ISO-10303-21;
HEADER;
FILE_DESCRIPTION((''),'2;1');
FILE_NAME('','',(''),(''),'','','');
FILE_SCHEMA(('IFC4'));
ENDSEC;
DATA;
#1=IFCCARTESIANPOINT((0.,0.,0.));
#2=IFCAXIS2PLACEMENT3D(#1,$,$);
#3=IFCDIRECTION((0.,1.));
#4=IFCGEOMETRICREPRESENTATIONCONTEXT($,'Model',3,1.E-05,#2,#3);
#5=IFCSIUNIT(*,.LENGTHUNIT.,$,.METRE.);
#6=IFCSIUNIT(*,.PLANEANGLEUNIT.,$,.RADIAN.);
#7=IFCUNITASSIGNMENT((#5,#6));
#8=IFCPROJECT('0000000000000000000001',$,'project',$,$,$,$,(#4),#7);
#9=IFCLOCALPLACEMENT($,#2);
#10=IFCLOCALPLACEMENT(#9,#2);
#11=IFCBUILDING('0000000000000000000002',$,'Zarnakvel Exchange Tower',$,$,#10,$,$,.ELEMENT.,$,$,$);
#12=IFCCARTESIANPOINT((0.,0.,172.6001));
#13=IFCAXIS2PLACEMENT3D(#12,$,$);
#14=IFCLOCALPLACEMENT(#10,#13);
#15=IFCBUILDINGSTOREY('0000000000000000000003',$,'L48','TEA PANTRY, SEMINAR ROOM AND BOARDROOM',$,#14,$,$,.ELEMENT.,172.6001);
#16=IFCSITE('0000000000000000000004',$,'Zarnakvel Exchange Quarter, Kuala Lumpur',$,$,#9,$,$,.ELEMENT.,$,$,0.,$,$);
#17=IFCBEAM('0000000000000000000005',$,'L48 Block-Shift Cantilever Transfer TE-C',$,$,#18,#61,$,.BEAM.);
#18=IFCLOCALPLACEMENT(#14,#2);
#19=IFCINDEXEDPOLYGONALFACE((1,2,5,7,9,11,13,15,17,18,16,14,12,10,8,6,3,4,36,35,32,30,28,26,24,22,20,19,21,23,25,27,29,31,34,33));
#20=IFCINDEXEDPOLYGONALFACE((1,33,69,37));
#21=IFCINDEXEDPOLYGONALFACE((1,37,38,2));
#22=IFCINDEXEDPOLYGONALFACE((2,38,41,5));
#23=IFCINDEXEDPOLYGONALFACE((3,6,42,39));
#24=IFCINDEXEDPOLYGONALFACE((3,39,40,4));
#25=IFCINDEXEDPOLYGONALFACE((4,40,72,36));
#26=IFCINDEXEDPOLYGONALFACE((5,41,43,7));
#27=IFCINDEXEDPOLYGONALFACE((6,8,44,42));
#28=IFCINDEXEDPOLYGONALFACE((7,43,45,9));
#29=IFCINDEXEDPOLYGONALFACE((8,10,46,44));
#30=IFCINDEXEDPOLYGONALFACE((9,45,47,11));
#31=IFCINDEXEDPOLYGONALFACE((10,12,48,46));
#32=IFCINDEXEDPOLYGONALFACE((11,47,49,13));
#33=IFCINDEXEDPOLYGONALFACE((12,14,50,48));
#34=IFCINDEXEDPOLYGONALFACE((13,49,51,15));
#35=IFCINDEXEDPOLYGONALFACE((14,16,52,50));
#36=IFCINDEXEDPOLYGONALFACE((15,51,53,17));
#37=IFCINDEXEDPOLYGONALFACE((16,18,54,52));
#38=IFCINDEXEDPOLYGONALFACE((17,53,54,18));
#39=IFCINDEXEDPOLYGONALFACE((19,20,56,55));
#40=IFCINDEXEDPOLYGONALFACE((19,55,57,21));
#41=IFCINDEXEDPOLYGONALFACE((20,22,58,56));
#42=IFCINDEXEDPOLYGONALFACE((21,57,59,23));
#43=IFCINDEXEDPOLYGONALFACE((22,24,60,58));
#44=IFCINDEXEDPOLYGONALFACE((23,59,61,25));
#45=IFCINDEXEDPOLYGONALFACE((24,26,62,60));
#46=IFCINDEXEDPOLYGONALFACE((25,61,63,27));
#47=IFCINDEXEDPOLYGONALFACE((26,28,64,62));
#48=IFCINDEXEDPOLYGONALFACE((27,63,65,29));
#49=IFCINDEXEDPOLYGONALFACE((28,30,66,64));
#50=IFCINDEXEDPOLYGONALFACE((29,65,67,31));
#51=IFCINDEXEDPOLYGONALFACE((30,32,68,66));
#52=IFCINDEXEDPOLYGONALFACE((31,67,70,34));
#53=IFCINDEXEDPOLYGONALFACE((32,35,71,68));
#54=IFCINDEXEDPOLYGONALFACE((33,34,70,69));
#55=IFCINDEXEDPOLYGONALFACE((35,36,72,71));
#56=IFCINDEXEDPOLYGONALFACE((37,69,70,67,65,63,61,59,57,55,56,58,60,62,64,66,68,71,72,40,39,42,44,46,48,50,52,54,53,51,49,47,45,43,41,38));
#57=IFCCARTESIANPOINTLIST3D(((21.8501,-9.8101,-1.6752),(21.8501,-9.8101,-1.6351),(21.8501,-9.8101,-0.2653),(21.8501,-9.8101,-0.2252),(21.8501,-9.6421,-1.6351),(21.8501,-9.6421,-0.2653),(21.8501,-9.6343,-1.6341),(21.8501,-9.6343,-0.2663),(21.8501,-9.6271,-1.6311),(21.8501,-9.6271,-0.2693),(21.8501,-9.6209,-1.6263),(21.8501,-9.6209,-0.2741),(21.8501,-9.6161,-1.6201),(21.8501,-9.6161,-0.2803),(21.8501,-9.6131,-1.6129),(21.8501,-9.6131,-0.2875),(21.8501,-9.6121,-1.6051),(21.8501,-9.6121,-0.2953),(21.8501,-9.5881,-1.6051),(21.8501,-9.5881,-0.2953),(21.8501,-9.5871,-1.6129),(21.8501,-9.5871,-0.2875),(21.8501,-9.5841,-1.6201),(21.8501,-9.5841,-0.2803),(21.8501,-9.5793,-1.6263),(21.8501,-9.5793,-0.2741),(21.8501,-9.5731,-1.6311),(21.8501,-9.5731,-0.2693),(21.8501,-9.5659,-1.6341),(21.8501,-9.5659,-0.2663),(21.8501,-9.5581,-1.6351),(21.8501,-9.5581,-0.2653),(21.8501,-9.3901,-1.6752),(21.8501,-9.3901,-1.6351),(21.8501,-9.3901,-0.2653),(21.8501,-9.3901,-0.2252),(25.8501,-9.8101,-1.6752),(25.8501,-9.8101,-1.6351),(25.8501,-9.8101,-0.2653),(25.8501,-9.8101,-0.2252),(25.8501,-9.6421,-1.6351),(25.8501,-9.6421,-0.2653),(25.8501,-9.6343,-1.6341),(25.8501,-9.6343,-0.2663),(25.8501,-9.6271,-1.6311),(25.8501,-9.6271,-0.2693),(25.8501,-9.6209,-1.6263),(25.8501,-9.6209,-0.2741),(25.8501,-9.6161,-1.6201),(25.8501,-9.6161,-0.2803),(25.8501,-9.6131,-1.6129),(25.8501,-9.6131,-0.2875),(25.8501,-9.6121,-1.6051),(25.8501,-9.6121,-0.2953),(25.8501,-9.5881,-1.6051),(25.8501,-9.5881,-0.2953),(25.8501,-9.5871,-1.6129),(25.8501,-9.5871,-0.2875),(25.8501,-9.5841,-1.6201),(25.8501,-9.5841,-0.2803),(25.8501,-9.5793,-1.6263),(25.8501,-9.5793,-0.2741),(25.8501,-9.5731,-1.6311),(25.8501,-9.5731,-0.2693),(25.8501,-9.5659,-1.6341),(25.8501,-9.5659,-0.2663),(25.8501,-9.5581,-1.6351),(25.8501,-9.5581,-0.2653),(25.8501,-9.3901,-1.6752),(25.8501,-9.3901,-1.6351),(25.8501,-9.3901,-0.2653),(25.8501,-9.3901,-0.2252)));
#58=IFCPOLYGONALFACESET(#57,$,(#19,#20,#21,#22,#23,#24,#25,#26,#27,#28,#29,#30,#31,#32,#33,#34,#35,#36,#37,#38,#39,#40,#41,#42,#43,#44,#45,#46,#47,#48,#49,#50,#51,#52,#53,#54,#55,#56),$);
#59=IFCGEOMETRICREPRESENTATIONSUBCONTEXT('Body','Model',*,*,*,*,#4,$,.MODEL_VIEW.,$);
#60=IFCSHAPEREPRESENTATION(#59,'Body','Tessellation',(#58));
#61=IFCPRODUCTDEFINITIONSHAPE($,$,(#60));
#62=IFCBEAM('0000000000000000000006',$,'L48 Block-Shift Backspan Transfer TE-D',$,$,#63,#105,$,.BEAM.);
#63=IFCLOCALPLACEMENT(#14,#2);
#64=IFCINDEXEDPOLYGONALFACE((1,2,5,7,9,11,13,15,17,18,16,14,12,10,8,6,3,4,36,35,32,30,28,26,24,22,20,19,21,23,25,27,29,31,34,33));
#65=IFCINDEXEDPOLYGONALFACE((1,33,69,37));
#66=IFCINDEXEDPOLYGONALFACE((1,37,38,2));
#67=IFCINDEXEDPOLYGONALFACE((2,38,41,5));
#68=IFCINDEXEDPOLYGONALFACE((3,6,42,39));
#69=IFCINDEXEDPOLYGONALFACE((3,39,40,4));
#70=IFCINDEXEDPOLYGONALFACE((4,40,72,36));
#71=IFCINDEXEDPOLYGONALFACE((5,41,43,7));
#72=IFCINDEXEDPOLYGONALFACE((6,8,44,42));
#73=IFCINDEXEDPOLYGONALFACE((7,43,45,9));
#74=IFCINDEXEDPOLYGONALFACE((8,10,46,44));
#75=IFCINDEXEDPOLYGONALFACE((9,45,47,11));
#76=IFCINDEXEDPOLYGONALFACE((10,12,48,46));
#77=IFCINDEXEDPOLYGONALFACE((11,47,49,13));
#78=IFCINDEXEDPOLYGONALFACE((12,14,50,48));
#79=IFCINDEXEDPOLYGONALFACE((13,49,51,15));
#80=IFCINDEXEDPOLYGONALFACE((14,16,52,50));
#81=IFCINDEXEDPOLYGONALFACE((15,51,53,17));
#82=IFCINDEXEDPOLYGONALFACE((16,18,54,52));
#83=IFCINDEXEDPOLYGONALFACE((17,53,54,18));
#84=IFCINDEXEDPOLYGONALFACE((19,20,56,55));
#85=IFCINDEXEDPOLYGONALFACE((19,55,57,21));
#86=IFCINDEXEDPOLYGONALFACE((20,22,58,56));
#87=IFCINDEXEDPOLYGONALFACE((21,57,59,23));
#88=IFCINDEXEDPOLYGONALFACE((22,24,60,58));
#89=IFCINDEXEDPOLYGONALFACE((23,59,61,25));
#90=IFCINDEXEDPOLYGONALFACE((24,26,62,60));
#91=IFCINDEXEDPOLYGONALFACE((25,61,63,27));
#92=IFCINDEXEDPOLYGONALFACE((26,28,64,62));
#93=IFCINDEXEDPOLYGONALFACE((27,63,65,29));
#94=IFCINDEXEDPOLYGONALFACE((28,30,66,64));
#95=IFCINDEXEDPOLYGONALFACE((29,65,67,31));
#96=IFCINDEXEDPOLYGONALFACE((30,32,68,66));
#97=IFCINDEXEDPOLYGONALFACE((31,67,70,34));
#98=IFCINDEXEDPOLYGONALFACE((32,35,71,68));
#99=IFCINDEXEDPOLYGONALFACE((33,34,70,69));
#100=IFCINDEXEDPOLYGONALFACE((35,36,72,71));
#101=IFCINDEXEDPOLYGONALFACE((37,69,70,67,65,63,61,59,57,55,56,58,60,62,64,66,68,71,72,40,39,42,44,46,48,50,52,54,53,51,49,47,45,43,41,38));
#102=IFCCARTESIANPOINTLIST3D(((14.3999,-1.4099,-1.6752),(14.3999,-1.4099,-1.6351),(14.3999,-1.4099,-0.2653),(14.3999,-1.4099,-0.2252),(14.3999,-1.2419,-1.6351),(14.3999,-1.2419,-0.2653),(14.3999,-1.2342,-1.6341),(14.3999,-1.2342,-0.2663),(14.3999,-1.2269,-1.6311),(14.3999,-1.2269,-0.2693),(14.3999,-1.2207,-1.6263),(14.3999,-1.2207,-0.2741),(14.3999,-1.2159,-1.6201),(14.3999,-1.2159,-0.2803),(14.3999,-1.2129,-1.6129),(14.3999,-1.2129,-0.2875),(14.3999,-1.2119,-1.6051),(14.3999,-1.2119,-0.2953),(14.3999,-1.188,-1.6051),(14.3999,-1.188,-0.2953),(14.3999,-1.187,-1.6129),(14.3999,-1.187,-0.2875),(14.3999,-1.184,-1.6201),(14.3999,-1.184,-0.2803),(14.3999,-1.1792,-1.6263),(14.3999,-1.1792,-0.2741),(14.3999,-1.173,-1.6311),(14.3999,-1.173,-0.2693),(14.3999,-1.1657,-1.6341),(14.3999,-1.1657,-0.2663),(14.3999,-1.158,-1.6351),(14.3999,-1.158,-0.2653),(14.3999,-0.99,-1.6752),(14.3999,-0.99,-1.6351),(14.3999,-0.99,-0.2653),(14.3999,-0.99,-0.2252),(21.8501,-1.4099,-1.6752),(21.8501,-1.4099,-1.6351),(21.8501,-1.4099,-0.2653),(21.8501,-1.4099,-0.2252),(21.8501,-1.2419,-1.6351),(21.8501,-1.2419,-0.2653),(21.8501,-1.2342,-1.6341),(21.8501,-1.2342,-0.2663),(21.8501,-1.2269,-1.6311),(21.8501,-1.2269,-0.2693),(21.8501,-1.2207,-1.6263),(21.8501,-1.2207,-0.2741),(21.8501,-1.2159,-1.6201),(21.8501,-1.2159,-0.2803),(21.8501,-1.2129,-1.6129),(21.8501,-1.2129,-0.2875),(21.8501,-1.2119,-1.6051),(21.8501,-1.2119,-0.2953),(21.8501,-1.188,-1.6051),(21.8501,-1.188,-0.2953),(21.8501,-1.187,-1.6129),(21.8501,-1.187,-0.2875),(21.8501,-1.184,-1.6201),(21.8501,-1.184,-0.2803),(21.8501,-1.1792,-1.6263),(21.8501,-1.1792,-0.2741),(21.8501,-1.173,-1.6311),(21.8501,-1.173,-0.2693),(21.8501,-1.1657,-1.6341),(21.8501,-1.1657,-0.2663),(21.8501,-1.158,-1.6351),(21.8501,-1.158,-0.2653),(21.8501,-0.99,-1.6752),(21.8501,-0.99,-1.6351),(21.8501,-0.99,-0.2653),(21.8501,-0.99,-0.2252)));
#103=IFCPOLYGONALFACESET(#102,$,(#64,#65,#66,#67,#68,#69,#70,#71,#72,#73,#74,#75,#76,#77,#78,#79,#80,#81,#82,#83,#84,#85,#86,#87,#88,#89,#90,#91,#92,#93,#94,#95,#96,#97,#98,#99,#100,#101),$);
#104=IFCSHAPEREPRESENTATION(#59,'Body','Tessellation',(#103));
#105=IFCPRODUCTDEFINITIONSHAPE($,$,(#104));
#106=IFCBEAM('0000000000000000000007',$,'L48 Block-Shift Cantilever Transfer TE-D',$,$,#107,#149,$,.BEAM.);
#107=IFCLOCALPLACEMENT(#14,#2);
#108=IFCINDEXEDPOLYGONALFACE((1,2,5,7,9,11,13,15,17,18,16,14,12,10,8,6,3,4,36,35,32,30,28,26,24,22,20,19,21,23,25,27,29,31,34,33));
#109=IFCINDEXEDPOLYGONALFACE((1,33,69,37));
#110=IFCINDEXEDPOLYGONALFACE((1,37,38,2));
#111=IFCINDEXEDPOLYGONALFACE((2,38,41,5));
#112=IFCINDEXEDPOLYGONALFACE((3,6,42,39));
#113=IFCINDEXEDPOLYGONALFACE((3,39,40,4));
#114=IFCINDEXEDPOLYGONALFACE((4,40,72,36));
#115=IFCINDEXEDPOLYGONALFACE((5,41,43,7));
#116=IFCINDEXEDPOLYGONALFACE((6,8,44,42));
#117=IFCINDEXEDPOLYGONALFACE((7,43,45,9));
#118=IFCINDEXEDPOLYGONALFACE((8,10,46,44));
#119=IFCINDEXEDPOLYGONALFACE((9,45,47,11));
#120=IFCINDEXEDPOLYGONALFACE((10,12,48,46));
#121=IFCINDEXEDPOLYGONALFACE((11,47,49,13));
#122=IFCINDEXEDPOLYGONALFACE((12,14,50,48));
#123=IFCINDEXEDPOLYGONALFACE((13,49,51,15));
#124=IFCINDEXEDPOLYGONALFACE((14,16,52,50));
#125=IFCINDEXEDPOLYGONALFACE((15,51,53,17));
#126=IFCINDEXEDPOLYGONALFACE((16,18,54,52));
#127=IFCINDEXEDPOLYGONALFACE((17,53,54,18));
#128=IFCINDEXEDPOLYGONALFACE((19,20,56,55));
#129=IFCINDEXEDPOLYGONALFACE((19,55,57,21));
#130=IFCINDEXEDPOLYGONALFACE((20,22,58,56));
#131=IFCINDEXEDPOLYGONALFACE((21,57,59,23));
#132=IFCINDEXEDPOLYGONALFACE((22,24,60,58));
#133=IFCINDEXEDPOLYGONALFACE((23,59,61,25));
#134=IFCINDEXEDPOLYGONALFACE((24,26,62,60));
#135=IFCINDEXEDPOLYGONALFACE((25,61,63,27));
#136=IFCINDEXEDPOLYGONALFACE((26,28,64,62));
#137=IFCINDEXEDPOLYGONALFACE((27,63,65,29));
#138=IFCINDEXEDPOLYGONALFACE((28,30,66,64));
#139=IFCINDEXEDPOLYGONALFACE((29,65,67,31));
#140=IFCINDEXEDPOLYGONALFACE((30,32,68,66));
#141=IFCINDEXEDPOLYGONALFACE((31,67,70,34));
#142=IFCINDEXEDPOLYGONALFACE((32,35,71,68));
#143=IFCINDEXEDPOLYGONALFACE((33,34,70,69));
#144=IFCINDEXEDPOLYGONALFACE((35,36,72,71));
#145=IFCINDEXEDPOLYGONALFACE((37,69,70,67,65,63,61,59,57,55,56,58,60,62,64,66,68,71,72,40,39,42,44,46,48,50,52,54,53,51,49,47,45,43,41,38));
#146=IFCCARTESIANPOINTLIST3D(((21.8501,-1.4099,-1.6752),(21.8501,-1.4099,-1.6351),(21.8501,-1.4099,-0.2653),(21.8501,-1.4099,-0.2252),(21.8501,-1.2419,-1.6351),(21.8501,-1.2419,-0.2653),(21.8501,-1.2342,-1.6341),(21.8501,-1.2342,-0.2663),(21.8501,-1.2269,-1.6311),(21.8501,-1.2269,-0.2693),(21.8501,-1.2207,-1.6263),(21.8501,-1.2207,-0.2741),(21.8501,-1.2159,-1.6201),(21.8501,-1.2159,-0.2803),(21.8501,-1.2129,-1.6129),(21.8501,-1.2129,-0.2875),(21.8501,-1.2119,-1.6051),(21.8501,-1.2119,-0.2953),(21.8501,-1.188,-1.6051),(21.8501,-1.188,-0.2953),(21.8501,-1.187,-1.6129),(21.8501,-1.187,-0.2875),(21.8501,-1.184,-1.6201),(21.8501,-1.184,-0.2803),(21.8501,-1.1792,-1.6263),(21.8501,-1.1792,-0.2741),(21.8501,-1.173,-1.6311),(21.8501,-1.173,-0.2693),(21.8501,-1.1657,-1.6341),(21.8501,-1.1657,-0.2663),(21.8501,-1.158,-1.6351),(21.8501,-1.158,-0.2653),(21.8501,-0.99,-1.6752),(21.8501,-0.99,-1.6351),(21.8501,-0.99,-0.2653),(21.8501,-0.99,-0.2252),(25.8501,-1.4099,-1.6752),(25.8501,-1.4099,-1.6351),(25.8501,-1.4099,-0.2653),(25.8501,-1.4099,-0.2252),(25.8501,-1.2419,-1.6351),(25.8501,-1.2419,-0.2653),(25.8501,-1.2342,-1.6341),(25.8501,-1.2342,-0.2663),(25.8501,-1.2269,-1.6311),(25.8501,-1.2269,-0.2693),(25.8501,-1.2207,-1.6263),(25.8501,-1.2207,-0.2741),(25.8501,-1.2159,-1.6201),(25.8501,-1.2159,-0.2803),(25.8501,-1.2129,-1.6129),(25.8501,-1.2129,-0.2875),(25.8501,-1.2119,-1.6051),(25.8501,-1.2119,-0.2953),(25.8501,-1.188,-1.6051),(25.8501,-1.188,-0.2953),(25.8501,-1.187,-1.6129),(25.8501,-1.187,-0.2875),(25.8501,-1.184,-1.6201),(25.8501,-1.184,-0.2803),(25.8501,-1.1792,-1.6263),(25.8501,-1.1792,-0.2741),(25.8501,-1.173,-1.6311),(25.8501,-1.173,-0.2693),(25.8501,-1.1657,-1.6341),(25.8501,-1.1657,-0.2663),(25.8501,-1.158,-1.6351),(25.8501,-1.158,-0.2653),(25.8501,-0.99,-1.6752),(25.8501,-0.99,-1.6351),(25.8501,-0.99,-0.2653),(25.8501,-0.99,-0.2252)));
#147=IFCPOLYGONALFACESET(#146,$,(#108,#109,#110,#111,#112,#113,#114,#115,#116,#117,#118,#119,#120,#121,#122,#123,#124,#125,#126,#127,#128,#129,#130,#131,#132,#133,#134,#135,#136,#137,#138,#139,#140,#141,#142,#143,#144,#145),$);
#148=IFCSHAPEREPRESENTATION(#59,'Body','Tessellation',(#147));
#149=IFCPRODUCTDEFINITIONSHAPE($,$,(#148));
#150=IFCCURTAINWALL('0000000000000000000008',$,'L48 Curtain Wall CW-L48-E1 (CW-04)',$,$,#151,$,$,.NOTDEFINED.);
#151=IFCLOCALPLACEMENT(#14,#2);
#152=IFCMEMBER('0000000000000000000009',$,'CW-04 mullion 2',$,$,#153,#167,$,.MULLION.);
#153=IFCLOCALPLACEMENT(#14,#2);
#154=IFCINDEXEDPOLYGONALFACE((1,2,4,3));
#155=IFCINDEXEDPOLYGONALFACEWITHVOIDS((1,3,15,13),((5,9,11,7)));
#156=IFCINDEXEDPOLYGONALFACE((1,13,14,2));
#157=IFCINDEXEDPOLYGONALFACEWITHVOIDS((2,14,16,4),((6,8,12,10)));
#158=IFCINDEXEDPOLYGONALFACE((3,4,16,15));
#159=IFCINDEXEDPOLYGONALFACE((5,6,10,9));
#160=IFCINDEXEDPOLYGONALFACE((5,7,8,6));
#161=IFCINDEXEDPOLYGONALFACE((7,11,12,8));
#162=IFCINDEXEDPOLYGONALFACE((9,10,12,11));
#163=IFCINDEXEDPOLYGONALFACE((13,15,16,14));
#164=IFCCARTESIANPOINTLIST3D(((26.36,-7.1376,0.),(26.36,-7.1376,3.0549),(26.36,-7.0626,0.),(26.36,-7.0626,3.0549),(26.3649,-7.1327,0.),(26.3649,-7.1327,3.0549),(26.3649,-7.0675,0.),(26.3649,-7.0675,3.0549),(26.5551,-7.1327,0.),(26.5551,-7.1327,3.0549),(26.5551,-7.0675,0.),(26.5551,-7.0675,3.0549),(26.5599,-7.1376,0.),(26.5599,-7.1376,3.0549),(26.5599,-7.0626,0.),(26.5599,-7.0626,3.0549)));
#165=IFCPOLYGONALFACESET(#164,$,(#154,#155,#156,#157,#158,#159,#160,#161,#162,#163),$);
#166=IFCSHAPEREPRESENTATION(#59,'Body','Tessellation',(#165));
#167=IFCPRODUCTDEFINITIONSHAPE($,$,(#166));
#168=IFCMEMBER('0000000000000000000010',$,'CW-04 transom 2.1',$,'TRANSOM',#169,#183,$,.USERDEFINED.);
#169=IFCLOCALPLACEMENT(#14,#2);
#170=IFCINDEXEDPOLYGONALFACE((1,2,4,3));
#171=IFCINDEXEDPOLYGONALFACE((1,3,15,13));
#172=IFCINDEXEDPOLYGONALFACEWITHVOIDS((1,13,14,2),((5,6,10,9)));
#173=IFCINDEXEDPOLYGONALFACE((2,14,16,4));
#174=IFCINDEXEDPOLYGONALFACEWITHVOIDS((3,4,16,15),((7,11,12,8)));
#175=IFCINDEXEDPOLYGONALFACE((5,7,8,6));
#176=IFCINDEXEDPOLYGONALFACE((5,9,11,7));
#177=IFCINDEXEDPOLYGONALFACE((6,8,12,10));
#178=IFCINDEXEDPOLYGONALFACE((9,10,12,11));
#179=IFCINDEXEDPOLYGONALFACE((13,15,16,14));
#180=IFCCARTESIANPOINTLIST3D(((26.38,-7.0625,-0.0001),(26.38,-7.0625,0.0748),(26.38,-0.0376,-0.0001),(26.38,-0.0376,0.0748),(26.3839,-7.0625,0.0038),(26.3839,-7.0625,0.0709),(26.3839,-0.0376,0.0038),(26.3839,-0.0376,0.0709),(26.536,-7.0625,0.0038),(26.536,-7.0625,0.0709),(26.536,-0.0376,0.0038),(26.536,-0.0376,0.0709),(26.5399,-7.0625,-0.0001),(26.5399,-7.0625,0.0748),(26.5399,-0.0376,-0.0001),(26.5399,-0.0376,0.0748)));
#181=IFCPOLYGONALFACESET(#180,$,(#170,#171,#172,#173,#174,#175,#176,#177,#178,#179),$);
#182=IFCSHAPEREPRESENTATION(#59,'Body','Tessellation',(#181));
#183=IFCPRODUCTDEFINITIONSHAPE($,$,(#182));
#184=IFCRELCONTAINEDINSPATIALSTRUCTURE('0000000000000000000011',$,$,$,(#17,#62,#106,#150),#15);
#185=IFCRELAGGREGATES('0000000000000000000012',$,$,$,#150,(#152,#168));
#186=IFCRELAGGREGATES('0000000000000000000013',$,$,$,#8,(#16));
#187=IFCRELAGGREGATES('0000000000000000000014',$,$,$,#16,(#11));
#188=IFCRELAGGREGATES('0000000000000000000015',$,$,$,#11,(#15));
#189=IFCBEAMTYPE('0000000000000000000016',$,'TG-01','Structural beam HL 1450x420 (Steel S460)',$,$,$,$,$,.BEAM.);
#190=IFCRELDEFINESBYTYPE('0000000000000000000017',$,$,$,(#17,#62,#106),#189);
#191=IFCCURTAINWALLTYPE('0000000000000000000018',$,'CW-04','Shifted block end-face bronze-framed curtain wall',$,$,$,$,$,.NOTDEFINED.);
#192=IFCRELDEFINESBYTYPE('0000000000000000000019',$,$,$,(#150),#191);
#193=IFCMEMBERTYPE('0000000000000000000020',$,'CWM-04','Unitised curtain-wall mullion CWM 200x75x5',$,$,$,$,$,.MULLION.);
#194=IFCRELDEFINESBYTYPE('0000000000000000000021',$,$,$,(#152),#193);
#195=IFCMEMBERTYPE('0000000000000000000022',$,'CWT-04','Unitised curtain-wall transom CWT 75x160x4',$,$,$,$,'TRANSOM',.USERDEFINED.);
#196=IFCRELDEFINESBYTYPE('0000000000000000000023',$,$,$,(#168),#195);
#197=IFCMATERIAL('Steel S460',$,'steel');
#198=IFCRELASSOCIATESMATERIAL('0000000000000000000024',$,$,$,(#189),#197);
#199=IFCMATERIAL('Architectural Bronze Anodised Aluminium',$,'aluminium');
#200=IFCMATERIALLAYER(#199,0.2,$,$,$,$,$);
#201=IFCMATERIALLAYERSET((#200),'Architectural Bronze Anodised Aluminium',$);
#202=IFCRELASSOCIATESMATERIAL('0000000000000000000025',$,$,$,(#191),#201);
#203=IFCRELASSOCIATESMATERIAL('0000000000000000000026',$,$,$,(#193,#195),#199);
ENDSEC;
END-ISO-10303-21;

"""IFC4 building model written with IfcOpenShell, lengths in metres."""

from ifc_helpers import new_model, si_unit, direction, frame, origin, origin_2d, place, context, subcontext, project, spatial, hollow_rectangle, i_section, extrude, source, transform, mapped, material, layer, layer_set, material_profile, profile_set, type_object, element, aggregate, save


model = new_model("IFC4")

# Units and contexts
model_context = context("Model", 3, precision=1e-05, world=origin(), true_north=direction((0.0, 1.0)))
body_context = subcontext(model_context, "Body", "Model", "MODEL_VIEW")
ifc_project = project(units=[si_unit("LENGTHUNIT", "METRE"), si_unit("PLANEANGLEUNIT", "RADIAN")], contexts=[model_context])

# Site, building, storey
site_placement = place(None, origin())
site = spatial("IfcSite", under=ifc_project, at=site_placement, Name="Zarnakvel Exchange Quarter, Kuala Lumpur", CompositionType="ELEMENT", RefElevation=0.0)
building_placement = place(site_placement, origin())
building = spatial("IfcBuilding", under=site, at=building_placement, Name="Zarnakvel Exchange Tower", CompositionType="ELEMENT")
storey_placement = place(building_placement, frame((0.0, 0.0, 172.6001)))
storey = spatial("IfcBuildingStorey", under=building, at=storey_placement, Name="L48", Description="TEA PANTRY, SEMINAR ROOM AND BOARDROOM", CompositionType="ELEMENT", Elevation=172.6001)

# Beams
ifc_material_1 = material(Name="Steel S460", Category="steel")
ifc_material_profile_1 = material_profile(ifc_material_1, i_section(OverallWidth=0.4199, OverallDepth=1.45, WebThickness=0.0239, FlangeThickness=0.04, FilletRadius=0.03, at=origin_2d()))
ifc_profile_set_1 = profile_set([ifc_material_profile_1], Name="Steel S460")
beam_type_1 = type_object("IfcBeamType", Name="TG-01", Description="Structural beam HL 1450x420 (Steel S460)", PredefinedType="BEAM", material=ifc_profile_set_1)
beam_1_placement = place(storey_placement, frame((21.8501, -9.6001, -0.9502), z_axis=(1.0, 0.0, 0.0), x_axis=(0.0, 1.0, 0.0)))
element("IfcBeam", 1, at=beam_1_placement, inside=storey, type_object=beam_type_1, Name="L48 Block-Shift Cantilever Transfer TE-C", PredefinedType="BEAM", context=body_context, shape_type="SweptSolid", body=[
    extrude(i_section(OverallWidth=0.4199, OverallDepth=1.45, WebThickness=0.0239, FlangeThickness=0.04, FilletRadius=0.03, at=origin_2d()), origin(), (0.0, 0.0, 1.0), 4.0),
])
beam_2_placement = place(storey_placement, frame((14.3999, -1.2, -0.9502), z_axis=(1.0, 0.0, 0.0), x_axis=(0.0, 1.0, 0.0)))
element("IfcBeam", 2, at=beam_2_placement, inside=storey, type_object=beam_type_1, Name="L48 Block-Shift Backspan Transfer TE-D", PredefinedType="BEAM", context=body_context, shape_type="SweptSolid", body=[
    extrude(i_section(OverallWidth=0.4199, OverallDepth=1.45, WebThickness=0.0239, FlangeThickness=0.04, FilletRadius=0.03, at=origin_2d()), origin(), (0.0, 0.0, 1.0), 7.4502),
])
beam_3_placement = place(storey_placement, frame((21.8501, -1.2, -0.9502), z_axis=(1.0, 0.0, 0.0), x_axis=(0.0, 1.0, 0.0)))
element("IfcBeam", 3, at=beam_3_placement, inside=storey, type_object=beam_type_1, Name="L48 Block-Shift Cantilever Transfer TE-D", PredefinedType="BEAM", context=body_context, shape_type="SweptSolid", body=[
    extrude(i_section(OverallWidth=0.4199, OverallDepth=1.45, WebThickness=0.0239, FlangeThickness=0.04, FilletRadius=0.03, at=origin_2d()), origin(), (0.0, 0.0, 1.0), 4.0),
])

# Curtain wall, members
ifc_material_2 = material(Name="Architectural Bronze Anodised Aluminium", Category="aluminium")
ifc_layer_1 = layer(ifc_material_2, 0.2)
ifc_layer_set_1 = layer_set([ifc_layer_1], Name="Architectural Bronze Anodised Aluminium")
curtain_wall_type = type_object("IfcCurtainWallType", Name="CW-04", Description="Shifted block end-face bronze-framed curtain wall", PredefinedType="NOTDEFINED", material=ifc_layer_set_1)
curtain_wall_placement = place(storey_placement, origin())
curtain_wall = element("IfcCurtainWall", 4, at=curtain_wall_placement, inside=storey, type_object=curtain_wall_type, Name="L48 Curtain Wall CW-L48-E1 (CW-04)", PredefinedType="NOTDEFINED")
ifc_material_profile_2 = material_profile(ifc_material_2, hollow_rectangle(XDim=0.2, YDim=0.075, WallThickness=0.0049, at=origin_2d()))
ifc_profile_set_2 = profile_set([ifc_material_profile_2], Name="Architectural Bronze Anodised Aluminium")
member_type_1 = type_object("IfcMemberType", Name="CWM-04", Description="Unitised curtain-wall mullion CWM 200x75x5", PredefinedType="MULLION", material=ifc_profile_set_2)
shared_shape_1 = source(origin(), body_context, "Body", "SweptSolid", [
    extrude(hollow_rectangle(XDim=0.2, YDim=0.075, WallThickness=0.0049, at=origin_2d()), origin(), (0.0, 0.0, 1.0), 3.0549),
])
member_1_placement = place(storey_placement, frame((26.46, -7.1001, 0.0), z_axis=(0.0, 0.0, 1.0), x_axis=(-1.0, 0.0, 0.0)))
member_1 = element("IfcMember", 5, at=member_1_placement, type_object=member_type_1, Name="CW-04 mullion 2", PredefinedType="MULLION", context=body_context, shape_type="MappedRepresentation", body=[
    mapped(shared_shape_1, transform((0.0, 0.0, 0.0), x_axis=(1.0, 0.0, 0.0), y_axis=(0.0, 1.0, 0.0), z_axis=(0.0, 0.0, 1.0), scale=1.0)),
])
ifc_material_profile_3 = material_profile(ifc_material_2, hollow_rectangle(XDim=0.1599, YDim=0.075, WallThickness=0.0039, at=origin_2d()))
ifc_profile_set_3 = profile_set([ifc_material_profile_3], Name="Architectural Bronze Anodised Aluminium")
member_type_2 = type_object("IfcMemberType", Name="CWT-04", Description="Unitised curtain-wall transom CWT 75x160x4", ElementType="TRANSOM", PredefinedType="USERDEFINED", material=ifc_profile_set_3)
shared_shape_2 = source(origin(), body_context, "Body", "SweptSolid", [
    extrude(hollow_rectangle(XDim=0.1599, YDim=0.075, WallThickness=0.0039, at=origin_2d()), origin(), (0.0, 0.0, 1.0), 7.0249),
])
member_2_placement = place(storey_placement, frame((26.46, -7.0625, 0.0374), z_axis=(0.0, 1.0, 0.0), x_axis=(-1.0, 0.0, 0.0)))
member_2 = element("IfcMember", 6, at=member_2_placement, type_object=member_type_2, Name="CW-04 transom 2.1", ObjectType="TRANSOM", PredefinedType="USERDEFINED", context=body_context, shape_type="MappedRepresentation", body=[
    mapped(shared_shape_2, transform((0.0, 0.0, 0.0), x_axis=(1.0, 0.0, 0.0), y_axis=(0.0, 1.0, 0.0), z_axis=(0.0, 0.0, 1.0), scale=1.0)),
])
aggregate(curtain_wall, [member_1, member_2])

save(model, "model.ifc")
